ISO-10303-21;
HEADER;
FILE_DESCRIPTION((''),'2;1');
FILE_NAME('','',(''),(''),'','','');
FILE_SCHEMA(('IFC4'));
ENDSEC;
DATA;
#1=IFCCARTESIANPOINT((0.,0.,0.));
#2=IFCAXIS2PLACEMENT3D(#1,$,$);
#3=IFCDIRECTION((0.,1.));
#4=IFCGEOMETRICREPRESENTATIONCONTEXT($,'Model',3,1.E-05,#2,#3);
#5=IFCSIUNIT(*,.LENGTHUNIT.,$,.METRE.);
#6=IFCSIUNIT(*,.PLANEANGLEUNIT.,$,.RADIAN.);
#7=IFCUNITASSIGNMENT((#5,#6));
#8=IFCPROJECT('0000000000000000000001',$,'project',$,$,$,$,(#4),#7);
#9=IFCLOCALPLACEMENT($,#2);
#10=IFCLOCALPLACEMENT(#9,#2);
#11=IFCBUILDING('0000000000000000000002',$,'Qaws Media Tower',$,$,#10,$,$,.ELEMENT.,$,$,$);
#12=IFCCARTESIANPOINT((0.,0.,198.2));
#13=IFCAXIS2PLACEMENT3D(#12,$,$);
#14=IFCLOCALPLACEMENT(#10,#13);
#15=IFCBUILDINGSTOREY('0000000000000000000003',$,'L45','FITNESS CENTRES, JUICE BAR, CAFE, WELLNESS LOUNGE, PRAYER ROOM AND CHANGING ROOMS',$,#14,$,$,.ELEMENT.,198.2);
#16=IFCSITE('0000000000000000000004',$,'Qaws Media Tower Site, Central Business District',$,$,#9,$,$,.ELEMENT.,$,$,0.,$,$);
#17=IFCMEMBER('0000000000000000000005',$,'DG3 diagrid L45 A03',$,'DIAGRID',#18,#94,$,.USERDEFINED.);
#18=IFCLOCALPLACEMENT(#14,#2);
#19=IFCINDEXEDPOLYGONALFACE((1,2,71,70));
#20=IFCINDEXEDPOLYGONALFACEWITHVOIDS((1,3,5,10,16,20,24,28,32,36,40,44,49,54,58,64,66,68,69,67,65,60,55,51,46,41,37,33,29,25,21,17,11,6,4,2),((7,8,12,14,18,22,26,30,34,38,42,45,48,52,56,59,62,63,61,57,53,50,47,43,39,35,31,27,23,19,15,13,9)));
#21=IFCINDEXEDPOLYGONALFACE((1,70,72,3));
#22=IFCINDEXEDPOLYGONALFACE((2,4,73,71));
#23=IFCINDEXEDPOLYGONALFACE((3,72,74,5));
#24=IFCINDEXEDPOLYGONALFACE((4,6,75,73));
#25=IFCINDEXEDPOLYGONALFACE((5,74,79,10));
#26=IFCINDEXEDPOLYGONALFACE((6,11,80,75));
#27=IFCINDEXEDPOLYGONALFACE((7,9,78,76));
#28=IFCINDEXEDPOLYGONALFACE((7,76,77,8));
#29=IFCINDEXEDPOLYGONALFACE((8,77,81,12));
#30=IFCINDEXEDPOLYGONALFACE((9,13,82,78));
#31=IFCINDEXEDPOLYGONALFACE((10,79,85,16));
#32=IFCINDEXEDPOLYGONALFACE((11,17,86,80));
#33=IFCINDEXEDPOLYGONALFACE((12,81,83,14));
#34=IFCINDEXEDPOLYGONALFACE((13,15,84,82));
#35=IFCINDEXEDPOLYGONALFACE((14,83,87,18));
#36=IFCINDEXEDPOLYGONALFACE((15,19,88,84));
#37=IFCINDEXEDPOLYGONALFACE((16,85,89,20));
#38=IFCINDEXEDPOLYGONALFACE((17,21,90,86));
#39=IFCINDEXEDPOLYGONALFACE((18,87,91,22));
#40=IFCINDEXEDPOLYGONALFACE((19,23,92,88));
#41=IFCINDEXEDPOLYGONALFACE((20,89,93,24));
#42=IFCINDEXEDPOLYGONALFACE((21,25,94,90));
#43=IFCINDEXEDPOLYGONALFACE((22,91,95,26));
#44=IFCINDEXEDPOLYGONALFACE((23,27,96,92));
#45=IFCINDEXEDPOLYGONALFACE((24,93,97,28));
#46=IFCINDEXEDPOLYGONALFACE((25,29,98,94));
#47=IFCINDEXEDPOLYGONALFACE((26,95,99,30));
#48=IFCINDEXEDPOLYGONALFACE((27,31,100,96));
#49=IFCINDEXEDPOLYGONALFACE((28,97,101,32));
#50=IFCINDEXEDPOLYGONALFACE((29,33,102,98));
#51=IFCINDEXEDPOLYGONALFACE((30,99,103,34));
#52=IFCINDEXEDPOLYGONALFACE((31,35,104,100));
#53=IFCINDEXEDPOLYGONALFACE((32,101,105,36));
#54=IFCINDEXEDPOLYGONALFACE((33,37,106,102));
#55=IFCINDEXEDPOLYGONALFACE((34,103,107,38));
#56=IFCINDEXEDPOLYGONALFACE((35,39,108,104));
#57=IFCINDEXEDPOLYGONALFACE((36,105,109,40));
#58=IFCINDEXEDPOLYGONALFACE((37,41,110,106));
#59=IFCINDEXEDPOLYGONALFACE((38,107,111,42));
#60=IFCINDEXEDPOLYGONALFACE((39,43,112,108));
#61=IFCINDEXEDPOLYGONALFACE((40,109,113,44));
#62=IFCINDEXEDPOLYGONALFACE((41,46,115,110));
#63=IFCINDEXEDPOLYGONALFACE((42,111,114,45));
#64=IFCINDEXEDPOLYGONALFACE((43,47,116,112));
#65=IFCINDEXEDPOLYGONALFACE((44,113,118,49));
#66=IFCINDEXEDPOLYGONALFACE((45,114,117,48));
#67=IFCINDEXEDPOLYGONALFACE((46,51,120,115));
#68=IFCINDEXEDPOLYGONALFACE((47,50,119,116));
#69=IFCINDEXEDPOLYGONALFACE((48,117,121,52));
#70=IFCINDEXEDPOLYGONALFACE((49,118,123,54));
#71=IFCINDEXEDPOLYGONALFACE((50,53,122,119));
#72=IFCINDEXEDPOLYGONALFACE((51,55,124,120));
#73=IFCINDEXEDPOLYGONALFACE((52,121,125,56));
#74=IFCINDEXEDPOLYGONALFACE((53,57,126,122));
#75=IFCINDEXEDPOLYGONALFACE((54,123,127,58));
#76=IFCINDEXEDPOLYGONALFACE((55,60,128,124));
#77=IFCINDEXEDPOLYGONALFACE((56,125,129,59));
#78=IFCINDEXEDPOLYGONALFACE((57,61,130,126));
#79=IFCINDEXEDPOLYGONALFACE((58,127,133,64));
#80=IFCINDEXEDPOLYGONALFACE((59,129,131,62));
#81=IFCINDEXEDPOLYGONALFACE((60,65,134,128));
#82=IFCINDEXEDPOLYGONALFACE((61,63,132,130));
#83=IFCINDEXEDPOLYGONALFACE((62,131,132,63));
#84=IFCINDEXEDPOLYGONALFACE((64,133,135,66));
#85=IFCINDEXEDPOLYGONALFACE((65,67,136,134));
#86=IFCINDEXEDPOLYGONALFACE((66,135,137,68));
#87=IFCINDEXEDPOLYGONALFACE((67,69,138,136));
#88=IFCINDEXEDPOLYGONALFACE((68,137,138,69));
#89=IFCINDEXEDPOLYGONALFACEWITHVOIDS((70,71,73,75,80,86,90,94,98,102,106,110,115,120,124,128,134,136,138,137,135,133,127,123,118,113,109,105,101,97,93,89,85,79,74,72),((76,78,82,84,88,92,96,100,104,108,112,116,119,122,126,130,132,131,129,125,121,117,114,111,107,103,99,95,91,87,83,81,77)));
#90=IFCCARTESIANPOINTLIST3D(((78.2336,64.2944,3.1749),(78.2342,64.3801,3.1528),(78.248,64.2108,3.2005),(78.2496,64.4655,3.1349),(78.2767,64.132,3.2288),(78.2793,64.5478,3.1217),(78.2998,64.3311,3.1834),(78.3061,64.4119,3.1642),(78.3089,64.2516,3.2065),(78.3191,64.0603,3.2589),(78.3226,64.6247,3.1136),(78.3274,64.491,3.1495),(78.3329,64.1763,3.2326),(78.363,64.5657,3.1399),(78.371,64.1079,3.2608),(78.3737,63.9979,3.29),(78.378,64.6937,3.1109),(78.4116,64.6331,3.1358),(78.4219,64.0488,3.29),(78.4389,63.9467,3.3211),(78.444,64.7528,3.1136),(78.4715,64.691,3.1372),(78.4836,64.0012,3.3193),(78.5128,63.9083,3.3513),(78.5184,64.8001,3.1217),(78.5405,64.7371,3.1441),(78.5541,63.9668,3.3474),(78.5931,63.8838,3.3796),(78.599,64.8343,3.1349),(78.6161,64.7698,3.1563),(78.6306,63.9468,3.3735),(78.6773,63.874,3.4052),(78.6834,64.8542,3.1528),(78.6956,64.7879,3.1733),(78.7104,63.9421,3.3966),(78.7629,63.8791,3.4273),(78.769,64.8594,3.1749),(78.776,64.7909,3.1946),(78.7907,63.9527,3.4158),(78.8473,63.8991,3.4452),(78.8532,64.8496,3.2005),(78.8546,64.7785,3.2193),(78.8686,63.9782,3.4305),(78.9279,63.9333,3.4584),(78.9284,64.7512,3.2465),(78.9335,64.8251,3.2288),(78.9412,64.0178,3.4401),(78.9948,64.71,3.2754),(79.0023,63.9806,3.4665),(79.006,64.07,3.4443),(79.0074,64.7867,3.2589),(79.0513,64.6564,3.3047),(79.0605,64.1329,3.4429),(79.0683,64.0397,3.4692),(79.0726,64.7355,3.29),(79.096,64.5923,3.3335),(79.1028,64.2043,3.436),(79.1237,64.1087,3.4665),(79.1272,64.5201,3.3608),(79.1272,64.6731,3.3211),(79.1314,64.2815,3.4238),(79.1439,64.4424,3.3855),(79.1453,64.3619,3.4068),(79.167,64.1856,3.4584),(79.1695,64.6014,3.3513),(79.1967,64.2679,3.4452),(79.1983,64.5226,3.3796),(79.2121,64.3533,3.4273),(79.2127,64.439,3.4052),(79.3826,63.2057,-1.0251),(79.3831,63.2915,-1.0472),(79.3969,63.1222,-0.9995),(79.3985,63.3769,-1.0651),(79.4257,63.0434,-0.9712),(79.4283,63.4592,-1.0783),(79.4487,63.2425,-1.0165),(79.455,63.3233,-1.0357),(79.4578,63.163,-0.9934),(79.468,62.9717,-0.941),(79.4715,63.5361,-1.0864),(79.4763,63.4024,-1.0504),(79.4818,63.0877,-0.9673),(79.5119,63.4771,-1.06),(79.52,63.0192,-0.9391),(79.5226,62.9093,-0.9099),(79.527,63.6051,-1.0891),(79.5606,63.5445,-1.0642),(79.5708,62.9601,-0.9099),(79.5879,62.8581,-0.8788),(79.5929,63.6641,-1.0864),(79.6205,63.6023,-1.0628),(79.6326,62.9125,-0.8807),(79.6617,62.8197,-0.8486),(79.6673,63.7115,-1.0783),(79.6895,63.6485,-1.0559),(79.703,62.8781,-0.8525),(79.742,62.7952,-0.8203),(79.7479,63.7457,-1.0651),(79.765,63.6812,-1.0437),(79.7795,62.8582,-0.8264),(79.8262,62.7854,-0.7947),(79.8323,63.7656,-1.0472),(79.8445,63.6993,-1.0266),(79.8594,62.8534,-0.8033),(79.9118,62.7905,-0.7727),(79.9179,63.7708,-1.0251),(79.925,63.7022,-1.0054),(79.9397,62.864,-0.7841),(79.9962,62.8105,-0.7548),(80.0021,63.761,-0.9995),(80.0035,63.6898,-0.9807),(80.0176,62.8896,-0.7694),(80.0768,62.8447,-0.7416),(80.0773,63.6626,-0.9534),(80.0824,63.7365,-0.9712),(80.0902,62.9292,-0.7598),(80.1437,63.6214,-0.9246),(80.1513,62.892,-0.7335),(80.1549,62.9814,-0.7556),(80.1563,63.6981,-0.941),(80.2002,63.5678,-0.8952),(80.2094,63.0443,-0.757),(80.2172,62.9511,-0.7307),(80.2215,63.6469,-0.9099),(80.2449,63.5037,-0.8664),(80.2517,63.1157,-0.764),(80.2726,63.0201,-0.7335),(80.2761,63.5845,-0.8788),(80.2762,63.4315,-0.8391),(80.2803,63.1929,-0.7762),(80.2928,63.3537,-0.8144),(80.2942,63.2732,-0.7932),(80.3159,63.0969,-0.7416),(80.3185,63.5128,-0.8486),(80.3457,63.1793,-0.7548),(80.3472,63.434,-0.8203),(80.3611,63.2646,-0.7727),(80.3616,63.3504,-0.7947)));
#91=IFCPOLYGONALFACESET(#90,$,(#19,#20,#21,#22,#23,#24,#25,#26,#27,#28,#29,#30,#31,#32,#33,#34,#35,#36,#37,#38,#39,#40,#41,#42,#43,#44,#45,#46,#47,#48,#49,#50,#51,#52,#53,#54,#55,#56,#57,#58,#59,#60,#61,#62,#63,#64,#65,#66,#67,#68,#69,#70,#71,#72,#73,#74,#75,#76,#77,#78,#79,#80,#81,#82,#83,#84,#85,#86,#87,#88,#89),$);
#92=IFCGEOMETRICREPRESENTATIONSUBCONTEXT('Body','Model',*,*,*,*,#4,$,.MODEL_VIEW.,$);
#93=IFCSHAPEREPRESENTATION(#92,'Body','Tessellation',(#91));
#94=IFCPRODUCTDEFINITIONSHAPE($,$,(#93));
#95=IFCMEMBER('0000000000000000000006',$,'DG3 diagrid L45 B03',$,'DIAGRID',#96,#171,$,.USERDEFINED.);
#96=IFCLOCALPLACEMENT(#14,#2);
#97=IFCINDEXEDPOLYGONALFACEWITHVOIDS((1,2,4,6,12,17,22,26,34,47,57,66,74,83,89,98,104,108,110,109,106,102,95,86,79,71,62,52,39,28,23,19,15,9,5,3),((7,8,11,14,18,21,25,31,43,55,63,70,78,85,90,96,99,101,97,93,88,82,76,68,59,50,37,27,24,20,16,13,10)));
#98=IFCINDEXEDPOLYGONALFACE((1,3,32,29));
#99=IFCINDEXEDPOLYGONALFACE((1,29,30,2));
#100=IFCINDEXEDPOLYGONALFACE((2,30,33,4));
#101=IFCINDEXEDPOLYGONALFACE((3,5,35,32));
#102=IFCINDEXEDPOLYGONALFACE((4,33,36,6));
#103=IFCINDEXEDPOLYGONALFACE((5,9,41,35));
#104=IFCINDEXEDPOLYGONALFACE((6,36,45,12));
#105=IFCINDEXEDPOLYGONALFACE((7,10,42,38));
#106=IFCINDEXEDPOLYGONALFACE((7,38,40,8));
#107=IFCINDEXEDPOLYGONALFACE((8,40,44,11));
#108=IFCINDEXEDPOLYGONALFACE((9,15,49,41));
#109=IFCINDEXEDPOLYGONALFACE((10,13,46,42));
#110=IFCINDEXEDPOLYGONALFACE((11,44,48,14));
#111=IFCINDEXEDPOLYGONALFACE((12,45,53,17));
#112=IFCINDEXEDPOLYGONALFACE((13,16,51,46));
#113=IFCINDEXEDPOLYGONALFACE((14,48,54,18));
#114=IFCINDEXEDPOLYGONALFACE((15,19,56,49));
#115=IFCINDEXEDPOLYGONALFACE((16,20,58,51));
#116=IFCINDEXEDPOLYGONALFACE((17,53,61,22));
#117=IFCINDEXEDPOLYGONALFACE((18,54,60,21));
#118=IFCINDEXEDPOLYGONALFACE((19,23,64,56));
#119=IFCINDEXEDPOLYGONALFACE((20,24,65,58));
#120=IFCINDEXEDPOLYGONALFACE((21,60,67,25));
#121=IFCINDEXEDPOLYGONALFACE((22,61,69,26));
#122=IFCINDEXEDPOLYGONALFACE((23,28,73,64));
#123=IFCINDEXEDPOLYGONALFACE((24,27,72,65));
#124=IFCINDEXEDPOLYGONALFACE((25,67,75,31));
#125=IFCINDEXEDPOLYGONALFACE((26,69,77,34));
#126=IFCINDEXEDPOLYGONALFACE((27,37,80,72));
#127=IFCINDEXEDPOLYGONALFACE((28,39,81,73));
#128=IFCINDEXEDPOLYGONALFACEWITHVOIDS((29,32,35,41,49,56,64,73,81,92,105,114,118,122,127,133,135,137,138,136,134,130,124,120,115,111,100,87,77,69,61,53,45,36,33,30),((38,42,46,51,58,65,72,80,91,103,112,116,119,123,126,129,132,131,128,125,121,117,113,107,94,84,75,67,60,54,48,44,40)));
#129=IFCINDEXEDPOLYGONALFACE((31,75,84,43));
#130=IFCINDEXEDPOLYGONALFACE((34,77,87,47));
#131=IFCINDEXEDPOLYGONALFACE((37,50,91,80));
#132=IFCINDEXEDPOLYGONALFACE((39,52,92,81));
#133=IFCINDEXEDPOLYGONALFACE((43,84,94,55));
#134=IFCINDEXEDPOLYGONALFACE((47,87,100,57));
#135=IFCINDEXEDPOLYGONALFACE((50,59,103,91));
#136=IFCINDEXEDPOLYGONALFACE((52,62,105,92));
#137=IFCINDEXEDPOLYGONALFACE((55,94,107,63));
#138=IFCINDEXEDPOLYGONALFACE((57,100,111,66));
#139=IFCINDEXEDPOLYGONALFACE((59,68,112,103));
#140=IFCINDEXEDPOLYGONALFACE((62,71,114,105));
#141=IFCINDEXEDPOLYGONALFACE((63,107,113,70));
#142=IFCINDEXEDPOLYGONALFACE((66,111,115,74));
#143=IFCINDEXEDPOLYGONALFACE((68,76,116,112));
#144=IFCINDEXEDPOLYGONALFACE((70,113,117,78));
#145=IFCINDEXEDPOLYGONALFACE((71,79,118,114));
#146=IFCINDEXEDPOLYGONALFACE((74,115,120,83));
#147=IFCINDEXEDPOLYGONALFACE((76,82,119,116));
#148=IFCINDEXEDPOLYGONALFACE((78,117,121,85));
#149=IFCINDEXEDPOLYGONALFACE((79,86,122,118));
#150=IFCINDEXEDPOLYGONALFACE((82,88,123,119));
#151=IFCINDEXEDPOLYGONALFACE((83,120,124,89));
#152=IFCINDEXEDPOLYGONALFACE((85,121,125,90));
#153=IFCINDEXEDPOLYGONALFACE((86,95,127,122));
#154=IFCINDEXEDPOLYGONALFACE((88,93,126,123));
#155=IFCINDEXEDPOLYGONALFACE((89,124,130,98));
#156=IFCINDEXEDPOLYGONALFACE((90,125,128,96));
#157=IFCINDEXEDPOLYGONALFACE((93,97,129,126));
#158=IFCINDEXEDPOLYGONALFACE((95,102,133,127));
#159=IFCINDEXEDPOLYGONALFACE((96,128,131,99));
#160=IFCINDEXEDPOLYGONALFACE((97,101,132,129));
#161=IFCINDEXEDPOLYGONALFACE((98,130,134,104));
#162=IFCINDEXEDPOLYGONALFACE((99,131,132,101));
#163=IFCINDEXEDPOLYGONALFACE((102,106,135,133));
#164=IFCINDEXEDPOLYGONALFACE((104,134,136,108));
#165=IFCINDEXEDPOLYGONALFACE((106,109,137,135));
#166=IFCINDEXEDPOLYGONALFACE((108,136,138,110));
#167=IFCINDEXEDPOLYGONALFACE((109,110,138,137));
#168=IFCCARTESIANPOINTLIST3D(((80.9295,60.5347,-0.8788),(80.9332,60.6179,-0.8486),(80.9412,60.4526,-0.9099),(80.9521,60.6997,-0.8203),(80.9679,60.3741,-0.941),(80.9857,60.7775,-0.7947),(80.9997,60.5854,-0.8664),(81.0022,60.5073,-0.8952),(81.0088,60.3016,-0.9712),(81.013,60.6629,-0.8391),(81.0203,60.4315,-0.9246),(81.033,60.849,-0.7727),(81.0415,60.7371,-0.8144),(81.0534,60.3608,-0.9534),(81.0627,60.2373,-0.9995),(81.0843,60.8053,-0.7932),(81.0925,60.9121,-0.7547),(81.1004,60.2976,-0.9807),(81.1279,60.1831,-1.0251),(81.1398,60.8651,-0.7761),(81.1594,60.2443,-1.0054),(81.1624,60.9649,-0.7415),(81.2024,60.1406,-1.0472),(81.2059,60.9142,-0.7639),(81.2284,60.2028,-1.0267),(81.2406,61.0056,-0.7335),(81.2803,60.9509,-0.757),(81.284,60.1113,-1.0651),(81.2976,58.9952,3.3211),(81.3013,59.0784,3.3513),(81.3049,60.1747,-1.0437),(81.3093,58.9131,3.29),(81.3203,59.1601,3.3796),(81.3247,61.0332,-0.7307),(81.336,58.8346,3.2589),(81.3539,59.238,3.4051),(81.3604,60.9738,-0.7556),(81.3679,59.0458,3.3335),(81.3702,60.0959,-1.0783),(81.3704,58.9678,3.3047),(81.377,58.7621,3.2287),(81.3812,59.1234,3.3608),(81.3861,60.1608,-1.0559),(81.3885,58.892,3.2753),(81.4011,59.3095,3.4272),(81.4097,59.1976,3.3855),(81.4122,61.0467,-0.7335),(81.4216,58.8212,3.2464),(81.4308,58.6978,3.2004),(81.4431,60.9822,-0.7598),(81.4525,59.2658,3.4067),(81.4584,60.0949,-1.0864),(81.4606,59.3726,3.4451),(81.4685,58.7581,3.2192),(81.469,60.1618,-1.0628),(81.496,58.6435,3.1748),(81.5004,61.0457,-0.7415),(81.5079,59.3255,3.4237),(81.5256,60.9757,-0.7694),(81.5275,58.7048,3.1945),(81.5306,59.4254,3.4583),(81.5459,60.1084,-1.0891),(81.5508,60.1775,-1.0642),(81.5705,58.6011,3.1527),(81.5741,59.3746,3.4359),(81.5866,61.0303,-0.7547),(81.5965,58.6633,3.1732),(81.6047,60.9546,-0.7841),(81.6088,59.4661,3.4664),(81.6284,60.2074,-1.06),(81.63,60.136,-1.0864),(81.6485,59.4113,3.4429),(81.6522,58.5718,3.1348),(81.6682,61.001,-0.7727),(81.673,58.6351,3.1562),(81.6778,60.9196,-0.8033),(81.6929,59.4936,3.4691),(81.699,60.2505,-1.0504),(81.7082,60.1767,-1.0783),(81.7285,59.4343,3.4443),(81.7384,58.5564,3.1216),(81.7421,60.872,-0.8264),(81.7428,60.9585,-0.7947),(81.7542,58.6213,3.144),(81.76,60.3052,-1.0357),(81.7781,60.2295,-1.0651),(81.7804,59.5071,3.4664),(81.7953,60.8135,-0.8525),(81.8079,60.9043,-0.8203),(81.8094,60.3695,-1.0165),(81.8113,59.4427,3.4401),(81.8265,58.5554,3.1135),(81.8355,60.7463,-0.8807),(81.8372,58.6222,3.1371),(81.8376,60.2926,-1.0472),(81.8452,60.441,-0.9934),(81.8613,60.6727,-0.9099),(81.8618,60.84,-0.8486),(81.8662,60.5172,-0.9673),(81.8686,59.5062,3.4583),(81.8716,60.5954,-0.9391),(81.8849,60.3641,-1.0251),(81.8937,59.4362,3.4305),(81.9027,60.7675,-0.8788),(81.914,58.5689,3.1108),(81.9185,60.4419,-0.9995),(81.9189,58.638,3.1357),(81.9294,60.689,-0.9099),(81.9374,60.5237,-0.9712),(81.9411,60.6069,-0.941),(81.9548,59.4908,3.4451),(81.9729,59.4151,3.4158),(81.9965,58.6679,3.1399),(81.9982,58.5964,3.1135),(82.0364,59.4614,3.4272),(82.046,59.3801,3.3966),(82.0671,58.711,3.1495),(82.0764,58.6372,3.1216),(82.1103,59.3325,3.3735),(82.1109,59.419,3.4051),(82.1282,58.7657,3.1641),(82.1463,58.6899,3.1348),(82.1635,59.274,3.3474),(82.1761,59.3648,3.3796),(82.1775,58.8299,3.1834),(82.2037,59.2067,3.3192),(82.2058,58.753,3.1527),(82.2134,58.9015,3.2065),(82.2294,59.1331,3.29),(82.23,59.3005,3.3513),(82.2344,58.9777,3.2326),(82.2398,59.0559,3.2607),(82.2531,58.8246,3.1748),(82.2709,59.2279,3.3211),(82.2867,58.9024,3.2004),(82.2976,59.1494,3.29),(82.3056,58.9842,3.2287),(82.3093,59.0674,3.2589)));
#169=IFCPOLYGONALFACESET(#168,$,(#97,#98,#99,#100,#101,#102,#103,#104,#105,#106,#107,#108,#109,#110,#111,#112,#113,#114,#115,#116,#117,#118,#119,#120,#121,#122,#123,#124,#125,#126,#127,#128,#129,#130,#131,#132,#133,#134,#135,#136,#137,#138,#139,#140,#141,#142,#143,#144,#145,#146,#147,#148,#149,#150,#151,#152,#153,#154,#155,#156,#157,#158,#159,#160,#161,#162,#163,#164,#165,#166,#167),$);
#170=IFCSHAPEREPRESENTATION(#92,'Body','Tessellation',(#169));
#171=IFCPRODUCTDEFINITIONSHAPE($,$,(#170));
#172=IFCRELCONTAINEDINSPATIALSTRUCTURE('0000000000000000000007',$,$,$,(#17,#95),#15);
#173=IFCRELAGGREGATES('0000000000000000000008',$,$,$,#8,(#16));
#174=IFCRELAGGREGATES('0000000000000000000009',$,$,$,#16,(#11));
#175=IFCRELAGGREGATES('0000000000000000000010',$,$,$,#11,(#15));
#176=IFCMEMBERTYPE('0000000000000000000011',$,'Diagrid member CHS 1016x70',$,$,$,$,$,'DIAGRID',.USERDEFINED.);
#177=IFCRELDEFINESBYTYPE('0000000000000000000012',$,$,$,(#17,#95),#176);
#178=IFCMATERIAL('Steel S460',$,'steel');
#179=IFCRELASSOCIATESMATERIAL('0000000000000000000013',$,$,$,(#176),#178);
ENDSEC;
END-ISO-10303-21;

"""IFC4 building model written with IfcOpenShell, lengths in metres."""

from ifc_helpers import new_model, si_unit, direction, frame, origin, origin_2d, place, context, subcontext, project, spatial, hollow_circle, extrude, material, material_profile, profile_set, type_object, element, save


model = new_model("IFC4")

# Units and contexts
model_context = context("Model", 3, precision=1e-05, world=origin(), true_north=direction((0.0, 1.0)))
body_context = subcontext(model_context, "Body", "Model", "MODEL_VIEW")
ifc_project = project(units=[si_unit("LENGTHUNIT", "METRE"), si_unit("PLANEANGLEUNIT", "RADIAN")], contexts=[model_context])

# Site, building, storey
site_placement = place(None, origin())
site = spatial("IfcSite", under=ifc_project, at=site_placement, Name="Qaws Media Tower Site, Central Business District", CompositionType="ELEMENT", RefElevation=0.0)
building_placement = place(site_placement, origin())
building = spatial("IfcBuilding", under=site, at=building_placement, Name="Qaws Media Tower", CompositionType="ELEMENT")
storey_placement = place(building_placement, frame((0.0, 0.0, 198.2)))
storey = spatial("IfcBuildingStorey", under=building, at=storey_placement, Name="L45", Description="FITNESS CENTRES, JUICE BAR, CAFE, WELLNESS LOUNGE, PRAYER ROOM AND CHANGING ROOMS", CompositionType="ELEMENT", Elevation=198.2)

# Members
ifc_material_1 = material(Name="Steel S460", Category="steel")
ifc_material_profile_1 = material_profile(ifc_material_1, hollow_circle(Radius=0.5081, WallThickness=0.0701, at=origin_2d()), Name="CHS 1016x70")
ifc_profile_set_1 = profile_set([ifc_material_profile_1], Name="Steel S460")
member_type_1 = type_object("IfcMemberType", Name="Diagrid member CHS 1016x70", ElementType="DIAGRID", PredefinedType="USERDEFINED", material=ifc_profile_set_1)
for number, where, z_axis, x_axis, name in (
    (1, (79.8721, 63.2781, -0.9099), (-0.255983, 0.242548, 0.935758), (-0.6878, -0.7259, 0.0), "DG3 diagrid L45 A03"),
    (2, (81.4353, 60.5708, -0.9099), (0.082026, -0.34301, 0.935744), (0.972577, 0.23258, 0.0), "DG3 diagrid L45 B03"),
):
    element("IfcMember", number, at=place(storey_placement, frame(where, z_axis=z_axis, x_axis=x_axis)), inside=storey, type_object=member_type_1, Name=name, ObjectType="DIAGRID", PredefinedType="USERDEFINED", context=body_context, shape_type="SweptSolid", body=[
        extrude(hollow_circle(Radius=0.5081, WallThickness=0.0701, at=origin_2d()), origin(), (0.0, 0.0, 1.0), 4.4883),
    ])

save(model, "model.ifc")
